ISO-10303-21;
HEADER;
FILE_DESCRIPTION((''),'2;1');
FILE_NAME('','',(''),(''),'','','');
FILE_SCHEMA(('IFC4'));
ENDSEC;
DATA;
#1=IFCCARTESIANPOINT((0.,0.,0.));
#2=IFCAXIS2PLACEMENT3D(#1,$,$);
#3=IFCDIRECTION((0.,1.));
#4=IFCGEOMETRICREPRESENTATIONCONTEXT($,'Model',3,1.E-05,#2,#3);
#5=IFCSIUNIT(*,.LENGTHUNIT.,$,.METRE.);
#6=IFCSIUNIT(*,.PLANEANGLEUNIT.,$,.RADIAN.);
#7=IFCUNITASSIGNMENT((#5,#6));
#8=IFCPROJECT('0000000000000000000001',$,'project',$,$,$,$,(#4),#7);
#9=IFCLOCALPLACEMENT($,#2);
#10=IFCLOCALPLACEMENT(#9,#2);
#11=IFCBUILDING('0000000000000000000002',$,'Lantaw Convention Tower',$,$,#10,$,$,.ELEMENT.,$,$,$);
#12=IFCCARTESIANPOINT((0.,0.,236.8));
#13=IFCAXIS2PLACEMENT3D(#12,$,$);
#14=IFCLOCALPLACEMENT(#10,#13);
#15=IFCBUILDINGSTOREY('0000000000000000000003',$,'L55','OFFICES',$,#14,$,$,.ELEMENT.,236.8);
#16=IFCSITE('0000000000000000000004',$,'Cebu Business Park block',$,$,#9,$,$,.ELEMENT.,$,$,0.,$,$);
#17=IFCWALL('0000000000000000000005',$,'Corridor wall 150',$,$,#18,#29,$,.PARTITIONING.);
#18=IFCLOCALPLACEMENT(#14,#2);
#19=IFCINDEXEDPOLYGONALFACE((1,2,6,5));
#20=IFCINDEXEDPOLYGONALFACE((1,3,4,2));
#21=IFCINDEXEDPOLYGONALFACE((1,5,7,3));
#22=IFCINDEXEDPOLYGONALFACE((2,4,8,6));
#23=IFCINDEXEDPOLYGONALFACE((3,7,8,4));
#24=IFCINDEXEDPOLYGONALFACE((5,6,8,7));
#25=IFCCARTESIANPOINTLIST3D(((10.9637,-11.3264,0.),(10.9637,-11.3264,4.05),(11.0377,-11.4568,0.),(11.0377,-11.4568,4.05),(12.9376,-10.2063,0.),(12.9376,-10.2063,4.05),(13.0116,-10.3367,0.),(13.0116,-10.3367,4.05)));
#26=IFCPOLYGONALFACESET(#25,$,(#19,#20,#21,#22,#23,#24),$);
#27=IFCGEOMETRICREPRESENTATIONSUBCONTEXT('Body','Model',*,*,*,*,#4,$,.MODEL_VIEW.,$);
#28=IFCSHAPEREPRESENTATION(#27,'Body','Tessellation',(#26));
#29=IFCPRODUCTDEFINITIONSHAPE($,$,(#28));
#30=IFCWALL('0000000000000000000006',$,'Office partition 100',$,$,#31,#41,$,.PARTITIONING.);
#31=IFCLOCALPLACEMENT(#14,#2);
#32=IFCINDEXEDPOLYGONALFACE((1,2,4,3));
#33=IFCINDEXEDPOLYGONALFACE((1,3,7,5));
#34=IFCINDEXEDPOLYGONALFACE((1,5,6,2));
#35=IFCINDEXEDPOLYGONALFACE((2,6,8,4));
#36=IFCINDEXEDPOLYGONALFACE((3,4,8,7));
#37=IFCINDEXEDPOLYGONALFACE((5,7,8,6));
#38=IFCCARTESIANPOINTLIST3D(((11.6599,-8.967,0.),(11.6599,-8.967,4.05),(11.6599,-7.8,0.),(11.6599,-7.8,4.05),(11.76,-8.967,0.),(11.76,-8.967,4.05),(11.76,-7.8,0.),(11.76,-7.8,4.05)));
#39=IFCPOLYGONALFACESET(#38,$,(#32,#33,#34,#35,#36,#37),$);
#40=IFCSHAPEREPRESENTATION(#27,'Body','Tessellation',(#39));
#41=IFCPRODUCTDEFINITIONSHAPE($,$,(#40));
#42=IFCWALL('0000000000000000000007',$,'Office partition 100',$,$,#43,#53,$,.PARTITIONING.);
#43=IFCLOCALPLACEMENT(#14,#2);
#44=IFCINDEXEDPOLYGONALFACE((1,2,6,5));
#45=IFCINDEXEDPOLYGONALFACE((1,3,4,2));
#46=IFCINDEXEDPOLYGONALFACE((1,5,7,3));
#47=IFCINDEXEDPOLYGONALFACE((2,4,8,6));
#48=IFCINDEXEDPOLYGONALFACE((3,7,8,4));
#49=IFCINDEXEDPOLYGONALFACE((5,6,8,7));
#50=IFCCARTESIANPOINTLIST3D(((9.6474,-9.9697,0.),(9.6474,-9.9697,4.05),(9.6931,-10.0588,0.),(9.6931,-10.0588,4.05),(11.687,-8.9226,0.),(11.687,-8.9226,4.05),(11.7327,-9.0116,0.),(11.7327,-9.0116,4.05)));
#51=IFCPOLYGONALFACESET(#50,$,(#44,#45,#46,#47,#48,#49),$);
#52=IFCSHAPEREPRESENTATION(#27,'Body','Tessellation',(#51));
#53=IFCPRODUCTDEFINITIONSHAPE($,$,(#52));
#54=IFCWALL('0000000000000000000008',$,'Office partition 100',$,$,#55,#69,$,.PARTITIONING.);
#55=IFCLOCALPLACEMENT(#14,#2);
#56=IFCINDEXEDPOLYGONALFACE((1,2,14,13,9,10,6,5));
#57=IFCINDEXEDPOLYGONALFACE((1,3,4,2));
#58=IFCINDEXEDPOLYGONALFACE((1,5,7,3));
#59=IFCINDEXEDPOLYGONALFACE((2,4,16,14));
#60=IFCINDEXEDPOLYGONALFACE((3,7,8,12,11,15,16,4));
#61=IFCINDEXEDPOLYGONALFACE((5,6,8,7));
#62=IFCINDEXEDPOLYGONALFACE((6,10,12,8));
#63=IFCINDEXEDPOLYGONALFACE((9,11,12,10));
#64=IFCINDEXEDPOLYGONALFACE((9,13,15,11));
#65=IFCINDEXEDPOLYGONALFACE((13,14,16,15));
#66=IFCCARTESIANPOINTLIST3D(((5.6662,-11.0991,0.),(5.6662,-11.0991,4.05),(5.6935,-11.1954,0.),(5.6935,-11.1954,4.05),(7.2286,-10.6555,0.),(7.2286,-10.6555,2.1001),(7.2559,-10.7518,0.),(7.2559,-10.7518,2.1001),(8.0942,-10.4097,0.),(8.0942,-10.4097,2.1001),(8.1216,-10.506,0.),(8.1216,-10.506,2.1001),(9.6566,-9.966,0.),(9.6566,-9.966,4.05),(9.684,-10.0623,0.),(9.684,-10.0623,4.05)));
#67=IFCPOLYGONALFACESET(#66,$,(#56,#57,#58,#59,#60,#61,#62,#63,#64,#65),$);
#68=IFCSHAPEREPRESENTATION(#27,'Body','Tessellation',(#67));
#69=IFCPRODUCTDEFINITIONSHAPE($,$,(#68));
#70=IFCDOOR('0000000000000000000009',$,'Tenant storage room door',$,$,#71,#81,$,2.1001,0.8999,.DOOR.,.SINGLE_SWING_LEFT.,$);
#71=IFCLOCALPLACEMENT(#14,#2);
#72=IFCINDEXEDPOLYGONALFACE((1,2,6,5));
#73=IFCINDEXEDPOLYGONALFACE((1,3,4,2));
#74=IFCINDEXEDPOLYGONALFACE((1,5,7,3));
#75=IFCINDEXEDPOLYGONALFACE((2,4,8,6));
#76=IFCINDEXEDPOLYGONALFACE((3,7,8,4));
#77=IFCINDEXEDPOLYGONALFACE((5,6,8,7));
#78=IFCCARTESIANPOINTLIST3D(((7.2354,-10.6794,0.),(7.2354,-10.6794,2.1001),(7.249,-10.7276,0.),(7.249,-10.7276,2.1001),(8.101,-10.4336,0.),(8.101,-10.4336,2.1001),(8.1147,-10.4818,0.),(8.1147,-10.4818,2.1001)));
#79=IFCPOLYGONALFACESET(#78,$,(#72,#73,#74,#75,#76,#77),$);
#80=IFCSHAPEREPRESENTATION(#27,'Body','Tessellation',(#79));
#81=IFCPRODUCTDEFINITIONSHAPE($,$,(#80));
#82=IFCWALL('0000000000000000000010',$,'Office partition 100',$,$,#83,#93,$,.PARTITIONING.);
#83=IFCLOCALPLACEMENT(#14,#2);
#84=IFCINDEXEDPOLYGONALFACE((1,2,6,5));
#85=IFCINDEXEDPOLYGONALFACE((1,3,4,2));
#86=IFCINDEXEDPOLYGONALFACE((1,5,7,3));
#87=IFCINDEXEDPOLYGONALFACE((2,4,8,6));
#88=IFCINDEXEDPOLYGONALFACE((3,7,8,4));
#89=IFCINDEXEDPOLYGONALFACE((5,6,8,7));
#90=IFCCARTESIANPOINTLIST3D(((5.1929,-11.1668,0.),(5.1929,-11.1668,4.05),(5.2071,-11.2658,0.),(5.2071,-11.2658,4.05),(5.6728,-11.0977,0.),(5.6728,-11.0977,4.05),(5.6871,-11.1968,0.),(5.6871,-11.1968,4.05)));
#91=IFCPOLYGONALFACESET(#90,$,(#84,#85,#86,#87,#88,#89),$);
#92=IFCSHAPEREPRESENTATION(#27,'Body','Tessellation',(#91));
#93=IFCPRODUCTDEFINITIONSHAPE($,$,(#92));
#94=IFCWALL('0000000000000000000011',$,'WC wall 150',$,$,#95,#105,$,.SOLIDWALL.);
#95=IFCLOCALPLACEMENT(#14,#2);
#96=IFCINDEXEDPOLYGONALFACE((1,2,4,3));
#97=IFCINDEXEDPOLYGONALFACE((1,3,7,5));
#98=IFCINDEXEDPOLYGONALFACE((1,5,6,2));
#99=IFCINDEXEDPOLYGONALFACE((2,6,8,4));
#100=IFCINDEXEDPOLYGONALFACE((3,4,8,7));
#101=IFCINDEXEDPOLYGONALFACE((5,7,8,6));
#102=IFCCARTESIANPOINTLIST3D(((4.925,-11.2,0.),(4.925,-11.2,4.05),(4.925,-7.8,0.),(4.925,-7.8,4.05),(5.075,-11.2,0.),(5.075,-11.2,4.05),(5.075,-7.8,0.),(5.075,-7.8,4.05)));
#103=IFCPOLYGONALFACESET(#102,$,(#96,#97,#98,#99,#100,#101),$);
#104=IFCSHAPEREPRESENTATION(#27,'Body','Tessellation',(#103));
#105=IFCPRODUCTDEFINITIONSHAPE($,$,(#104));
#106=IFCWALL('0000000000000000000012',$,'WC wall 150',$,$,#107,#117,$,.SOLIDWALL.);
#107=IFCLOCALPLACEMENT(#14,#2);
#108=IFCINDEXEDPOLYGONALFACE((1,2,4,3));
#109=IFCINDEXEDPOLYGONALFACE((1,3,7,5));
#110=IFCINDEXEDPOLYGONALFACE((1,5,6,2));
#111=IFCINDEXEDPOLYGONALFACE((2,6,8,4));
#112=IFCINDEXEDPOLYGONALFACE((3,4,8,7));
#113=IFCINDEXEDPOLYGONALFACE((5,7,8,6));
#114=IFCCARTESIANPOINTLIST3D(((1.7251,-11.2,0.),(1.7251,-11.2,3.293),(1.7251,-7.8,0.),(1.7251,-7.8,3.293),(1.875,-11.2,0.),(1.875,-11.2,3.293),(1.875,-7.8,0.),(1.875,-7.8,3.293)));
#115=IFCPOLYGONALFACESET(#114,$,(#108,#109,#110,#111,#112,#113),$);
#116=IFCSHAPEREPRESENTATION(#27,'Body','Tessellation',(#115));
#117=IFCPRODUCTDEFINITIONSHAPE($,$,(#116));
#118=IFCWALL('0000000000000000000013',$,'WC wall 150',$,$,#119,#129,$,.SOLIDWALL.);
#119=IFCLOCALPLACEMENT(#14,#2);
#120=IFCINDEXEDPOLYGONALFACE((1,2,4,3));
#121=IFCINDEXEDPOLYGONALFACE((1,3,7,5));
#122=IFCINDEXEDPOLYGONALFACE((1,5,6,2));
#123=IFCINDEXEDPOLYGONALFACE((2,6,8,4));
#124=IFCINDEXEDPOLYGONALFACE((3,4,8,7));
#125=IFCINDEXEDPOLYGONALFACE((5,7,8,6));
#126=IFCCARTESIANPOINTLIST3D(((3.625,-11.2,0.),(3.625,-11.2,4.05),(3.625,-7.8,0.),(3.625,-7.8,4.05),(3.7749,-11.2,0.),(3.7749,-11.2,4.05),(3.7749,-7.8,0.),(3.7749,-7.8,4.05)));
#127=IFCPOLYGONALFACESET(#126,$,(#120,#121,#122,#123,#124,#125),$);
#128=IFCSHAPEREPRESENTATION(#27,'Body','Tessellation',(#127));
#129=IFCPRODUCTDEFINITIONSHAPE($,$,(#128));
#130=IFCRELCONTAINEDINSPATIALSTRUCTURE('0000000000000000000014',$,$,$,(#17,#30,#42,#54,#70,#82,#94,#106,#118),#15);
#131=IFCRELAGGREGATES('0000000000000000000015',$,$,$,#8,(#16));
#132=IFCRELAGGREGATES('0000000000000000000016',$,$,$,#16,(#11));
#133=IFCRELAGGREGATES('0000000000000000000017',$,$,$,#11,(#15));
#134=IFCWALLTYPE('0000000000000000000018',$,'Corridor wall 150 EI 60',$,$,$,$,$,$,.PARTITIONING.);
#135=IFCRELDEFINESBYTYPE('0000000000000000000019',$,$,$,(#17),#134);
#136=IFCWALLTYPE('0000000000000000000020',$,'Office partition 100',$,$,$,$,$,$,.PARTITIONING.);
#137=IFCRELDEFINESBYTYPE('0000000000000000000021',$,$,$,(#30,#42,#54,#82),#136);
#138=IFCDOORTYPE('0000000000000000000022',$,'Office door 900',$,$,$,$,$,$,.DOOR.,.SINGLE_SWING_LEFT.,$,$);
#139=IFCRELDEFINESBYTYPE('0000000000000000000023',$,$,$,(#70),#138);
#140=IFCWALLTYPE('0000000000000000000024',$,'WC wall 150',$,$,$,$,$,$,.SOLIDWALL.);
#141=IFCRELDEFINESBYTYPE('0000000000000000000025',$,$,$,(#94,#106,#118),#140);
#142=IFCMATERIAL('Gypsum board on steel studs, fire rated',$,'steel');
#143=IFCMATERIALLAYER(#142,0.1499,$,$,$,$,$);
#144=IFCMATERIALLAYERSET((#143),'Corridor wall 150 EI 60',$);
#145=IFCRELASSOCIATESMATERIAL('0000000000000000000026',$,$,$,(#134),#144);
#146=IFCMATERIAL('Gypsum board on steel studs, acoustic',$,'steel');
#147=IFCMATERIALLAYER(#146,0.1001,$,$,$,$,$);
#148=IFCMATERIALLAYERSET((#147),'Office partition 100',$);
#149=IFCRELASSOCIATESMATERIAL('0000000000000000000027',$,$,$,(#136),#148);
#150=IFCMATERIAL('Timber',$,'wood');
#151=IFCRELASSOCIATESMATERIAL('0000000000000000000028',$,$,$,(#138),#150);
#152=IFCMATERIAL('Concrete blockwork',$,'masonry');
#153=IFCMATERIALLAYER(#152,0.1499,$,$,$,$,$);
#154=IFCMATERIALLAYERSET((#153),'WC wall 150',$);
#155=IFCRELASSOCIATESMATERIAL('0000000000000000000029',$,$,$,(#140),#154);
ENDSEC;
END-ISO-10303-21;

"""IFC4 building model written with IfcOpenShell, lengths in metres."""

from ifc_helpers import new_model, si_unit, direction, frame, frame_2d, origin, place, context, subcontext, project, spatial, rectangle, extrude, material, layer, layer_set, type_object, element, fill, save


model = new_model("IFC4")

# Units and contexts
model_context = context("Model", 3, precision=1e-05, world=origin(), true_north=direction((0.0, 1.0)))
body_context = subcontext(model_context, "Body", "Model", "MODEL_VIEW")
ifc_project = project(units=[si_unit("LENGTHUNIT", "METRE"), si_unit("PLANEANGLEUNIT", "RADIAN")], contexts=[model_context])

# Site, building, storey
site_placement = place(None, origin())
site = spatial("IfcSite", under=ifc_project, at=site_placement, Name="Cebu Business Park block", CompositionType="ELEMENT", RefElevation=0.0)
building_placement = place(site_placement, origin())
building = spatial("IfcBuilding", under=site, at=building_placement, Name="Lantaw Convention Tower", CompositionType="ELEMENT")
storey_placement = place(building_placement, frame((0.0, 0.0, 236.8)))
storey = spatial("IfcBuildingStorey", under=building, at=storey_placement, Name="L55", Description="OFFICES", CompositionType="ELEMENT", Elevation=236.8)

# Shared definitions
ifc_material_1 = material(Name="Gypsum board on steel studs, fire rated", Category="steel")
ifc_layer_1 = layer(ifc_material_1, 0.1499)
ifc_layer_set_1 = layer_set([ifc_layer_1], Name="Corridor wall 150 EI 60")
wall_type_1 = type_object("IfcWallType", Name="Corridor wall 150 EI 60", PredefinedType="PARTITIONING", material=ifc_layer_set_1)

# Walls
wall_1_placement = place(storey_placement, frame((11.0007, -11.3916, 0.0), z_axis=(0.0, 0.0, 1.0), x_axis=(0.869722, 0.493542, 0.0)))
element("IfcWall", 1, at=wall_1_placement, inside=storey, type_object=wall_type_1, Name="Corridor wall 150", PredefinedType="PARTITIONING", context=body_context, shape_type="SweptSolid", body=[
    extrude(rectangle(XDim=2.2695, YDim=0.1499, at=frame_2d((1.1348, 0.0))), origin(), (0.0, 0.0, 1.0), 4.05),
])
ifc_material_2 = material(Name="Gypsum board on steel studs, acoustic", Category="steel")
ifc_layer_2 = layer(ifc_material_2, 0.1001)
ifc_layer_set_2 = layer_set([ifc_layer_2], Name="Office partition 100")
wall_type_2 = type_object("IfcWallType", Name="Office partition 100", PredefinedType="PARTITIONING", material=ifc_layer_set_2)
wall_2_placement = place(storey_placement, frame((11.71, -7.8, 0.0), z_axis=(0.0, 0.0, 1.0), x_axis=(0.0, -1.0, 0.0)))
element("IfcWall", 2, at=wall_2_placement, inside=storey, type_object=wall_type_2, Name="Office partition 100", PredefinedType="PARTITIONING", context=body_context, shape_type="SweptSolid", body=[
    extrude(rectangle(XDim=1.167, YDim=0.1001, at=frame_2d((0.5835, 0.0))), origin(), (0.0, 0.0, 1.0), 4.05),
])
wall_3_placement = place(storey_placement, frame((11.71, -8.967, 0.0), z_axis=(0.0, 0.0, 1.0), x_axis=(-0.889606, -0.45673, 0.0)))
element("IfcWall", 3, at=wall_3_placement, inside=storey, type_object=wall_type_2, Name="Office partition 100", PredefinedType="PARTITIONING", context=body_context, shape_type="SweptSolid", body=[
    extrude(rectangle(XDim=2.2927, YDim=0.1001, at=frame_2d((1.1465, 0.0))), origin(), (0.0, 0.0, 1.0), 4.05),
])

# Wall, opening, door
wall_4_placement = place(storey_placement, frame((9.6704, -10.0142, 0.0), z_axis=(0.0, 0.0, 1.0), x_axis=(-0.961973, -0.273143, 0.0)))
wall_4 = element("IfcWall", 4, at=wall_4_placement, inside=storey, type_object=wall_type_2, Name="Office partition 100", PredefinedType="PARTITIONING", context=body_context, shape_type="SweptSolid", body=[
    extrude(rectangle(XDim=4.1482, YDim=0.1001, at=frame_2d((2.0742, 0.0))), origin(), (0.0, 0.0, 1.0), 4.05),
])
opening_1_placement = place(wall_4_placement, frame((1.6243, 0.0, 0.0)))
opening_1 = element("IfcOpeningElement", 5, at=opening_1_placement, cuts=wall_4, PredefinedType="OPENING", context=body_context, shape_type="SweptSolid", body=[
    extrude(rectangle(XDim=0.8999, YDim=2.1001, at=frame_2d((0.45, 1.05))), frame((0.0, 0.0601, 0.0), z_axis=(0.0, -1.0, 0.0), x_axis=(1.0, 0.0, 0.0)), (0.0, 0.0, 1.0), 0.1201),
])
ifc_material_3 = material(Name="Timber", Category="wood")
door_type_1 = type_object("IfcDoorType", Name="Office door 900", OperationType="SINGLE_SWING_LEFT", PredefinedType="DOOR", material=ifc_material_3)
door_1_placement = place(opening_1_placement, origin())
door_1 = element("IfcDoor", 6, at=door_1_placement, inside=storey, type_object=door_type_1, Name="Tenant storage room door", OperationType="SINGLE_SWING_LEFT", OverallHeight=2.1001, OverallWidth=0.8999, PredefinedType="DOOR", context=body_context, shape_type="SweptSolid", body=[
    extrude(rectangle(XDim=0.8999, YDim=2.1001, at=frame_2d((0.45, 1.05))), frame((0.0, 0.0249, 0.0), z_axis=(0.0, -1.0, 0.0), x_axis=(1.0, 0.0, 0.0)), (0.0, 0.0, 1.0), 0.05),
])
fill(opening_1, door_1)

# Walls
wall_5_placement = place(storey_placement, frame((5.6799, -11.1472, 0.0), z_axis=(0.0, 0.0, 1.0), x_axis=(-0.989798, -0.142479, 0.0)))
element("IfcWall", 7, at=wall_5_placement, inside=storey, type_object=wall_type_2, Name="Office partition 100", PredefinedType="PARTITIONING", context=body_context, shape_type="SweptSolid", body=[
    extrude(rectangle(XDim=0.4849, YDim=0.1001, at=frame_2d((0.2424, 0.0))), origin(), (0.0, 0.0, 1.0), 4.05),
])
ifc_material_4 = material(Name="Concrete blockwork", Category="masonry")
ifc_layer_3 = layer(ifc_material_4, 0.1499)
ifc_layer_set_3 = layer_set([ifc_layer_3], Name="WC wall 150")
wall_type_3 = type_object("IfcWallType", Name="WC wall 150", PredefinedType="SOLIDWALL", material=ifc_layer_set_3)
wall_6_placement = place(storey_placement, frame((5.0, -7.8, 0.0), z_axis=(0.0, 0.0, 1.0), x_axis=(0.0, -1.0, 0.0)))
element("IfcWall", 8, at=wall_6_placement, inside=storey, type_object=wall_type_3, Name="WC wall 150", PredefinedType="SOLIDWALL", context=body_context, shape_type="SweptSolid", body=[
    extrude(rectangle(XDim=3.3999, YDim=0.1499, at=frame_2d((1.7, 0.0))), origin(), (0.0, 0.0, 1.0), 4.05),
])
wall_7_placement = place(storey_placement, frame((1.8, -7.8, 0.0), z_axis=(0.0, 0.0, 1.0), x_axis=(0.0, -1.0, 0.0)))
element("IfcWall", 9, at=wall_7_placement, inside=storey, type_object=wall_type_3, Name="WC wall 150", PredefinedType="SOLIDWALL", context=body_context, shape_type="SweptSolid", body=[
    extrude(rectangle(XDim=3.3999, YDim=0.1499, at=frame_2d((1.7, 0.0))), origin(), (0.0, 0.0, 1.0), 3.293),
])
wall_8_placement = place(storey_placement, frame((3.7, -7.8, 0.0), z_axis=(0.0, 0.0, 1.0), x_axis=(0.0, -1.0, 0.0)))
element("IfcWall", 10, at=wall_8_placement, inside=storey, type_object=wall_type_3, Name="WC wall 150", PredefinedType="SOLIDWALL", context=body_context, shape_type="SweptSolid", body=[
    extrude(rectangle(XDim=3.3999, YDim=0.1499, at=frame_2d((1.7, 0.0))), origin(), (0.0, 0.0, 1.0), 4.05),
])

save(model, "model.ifc")
